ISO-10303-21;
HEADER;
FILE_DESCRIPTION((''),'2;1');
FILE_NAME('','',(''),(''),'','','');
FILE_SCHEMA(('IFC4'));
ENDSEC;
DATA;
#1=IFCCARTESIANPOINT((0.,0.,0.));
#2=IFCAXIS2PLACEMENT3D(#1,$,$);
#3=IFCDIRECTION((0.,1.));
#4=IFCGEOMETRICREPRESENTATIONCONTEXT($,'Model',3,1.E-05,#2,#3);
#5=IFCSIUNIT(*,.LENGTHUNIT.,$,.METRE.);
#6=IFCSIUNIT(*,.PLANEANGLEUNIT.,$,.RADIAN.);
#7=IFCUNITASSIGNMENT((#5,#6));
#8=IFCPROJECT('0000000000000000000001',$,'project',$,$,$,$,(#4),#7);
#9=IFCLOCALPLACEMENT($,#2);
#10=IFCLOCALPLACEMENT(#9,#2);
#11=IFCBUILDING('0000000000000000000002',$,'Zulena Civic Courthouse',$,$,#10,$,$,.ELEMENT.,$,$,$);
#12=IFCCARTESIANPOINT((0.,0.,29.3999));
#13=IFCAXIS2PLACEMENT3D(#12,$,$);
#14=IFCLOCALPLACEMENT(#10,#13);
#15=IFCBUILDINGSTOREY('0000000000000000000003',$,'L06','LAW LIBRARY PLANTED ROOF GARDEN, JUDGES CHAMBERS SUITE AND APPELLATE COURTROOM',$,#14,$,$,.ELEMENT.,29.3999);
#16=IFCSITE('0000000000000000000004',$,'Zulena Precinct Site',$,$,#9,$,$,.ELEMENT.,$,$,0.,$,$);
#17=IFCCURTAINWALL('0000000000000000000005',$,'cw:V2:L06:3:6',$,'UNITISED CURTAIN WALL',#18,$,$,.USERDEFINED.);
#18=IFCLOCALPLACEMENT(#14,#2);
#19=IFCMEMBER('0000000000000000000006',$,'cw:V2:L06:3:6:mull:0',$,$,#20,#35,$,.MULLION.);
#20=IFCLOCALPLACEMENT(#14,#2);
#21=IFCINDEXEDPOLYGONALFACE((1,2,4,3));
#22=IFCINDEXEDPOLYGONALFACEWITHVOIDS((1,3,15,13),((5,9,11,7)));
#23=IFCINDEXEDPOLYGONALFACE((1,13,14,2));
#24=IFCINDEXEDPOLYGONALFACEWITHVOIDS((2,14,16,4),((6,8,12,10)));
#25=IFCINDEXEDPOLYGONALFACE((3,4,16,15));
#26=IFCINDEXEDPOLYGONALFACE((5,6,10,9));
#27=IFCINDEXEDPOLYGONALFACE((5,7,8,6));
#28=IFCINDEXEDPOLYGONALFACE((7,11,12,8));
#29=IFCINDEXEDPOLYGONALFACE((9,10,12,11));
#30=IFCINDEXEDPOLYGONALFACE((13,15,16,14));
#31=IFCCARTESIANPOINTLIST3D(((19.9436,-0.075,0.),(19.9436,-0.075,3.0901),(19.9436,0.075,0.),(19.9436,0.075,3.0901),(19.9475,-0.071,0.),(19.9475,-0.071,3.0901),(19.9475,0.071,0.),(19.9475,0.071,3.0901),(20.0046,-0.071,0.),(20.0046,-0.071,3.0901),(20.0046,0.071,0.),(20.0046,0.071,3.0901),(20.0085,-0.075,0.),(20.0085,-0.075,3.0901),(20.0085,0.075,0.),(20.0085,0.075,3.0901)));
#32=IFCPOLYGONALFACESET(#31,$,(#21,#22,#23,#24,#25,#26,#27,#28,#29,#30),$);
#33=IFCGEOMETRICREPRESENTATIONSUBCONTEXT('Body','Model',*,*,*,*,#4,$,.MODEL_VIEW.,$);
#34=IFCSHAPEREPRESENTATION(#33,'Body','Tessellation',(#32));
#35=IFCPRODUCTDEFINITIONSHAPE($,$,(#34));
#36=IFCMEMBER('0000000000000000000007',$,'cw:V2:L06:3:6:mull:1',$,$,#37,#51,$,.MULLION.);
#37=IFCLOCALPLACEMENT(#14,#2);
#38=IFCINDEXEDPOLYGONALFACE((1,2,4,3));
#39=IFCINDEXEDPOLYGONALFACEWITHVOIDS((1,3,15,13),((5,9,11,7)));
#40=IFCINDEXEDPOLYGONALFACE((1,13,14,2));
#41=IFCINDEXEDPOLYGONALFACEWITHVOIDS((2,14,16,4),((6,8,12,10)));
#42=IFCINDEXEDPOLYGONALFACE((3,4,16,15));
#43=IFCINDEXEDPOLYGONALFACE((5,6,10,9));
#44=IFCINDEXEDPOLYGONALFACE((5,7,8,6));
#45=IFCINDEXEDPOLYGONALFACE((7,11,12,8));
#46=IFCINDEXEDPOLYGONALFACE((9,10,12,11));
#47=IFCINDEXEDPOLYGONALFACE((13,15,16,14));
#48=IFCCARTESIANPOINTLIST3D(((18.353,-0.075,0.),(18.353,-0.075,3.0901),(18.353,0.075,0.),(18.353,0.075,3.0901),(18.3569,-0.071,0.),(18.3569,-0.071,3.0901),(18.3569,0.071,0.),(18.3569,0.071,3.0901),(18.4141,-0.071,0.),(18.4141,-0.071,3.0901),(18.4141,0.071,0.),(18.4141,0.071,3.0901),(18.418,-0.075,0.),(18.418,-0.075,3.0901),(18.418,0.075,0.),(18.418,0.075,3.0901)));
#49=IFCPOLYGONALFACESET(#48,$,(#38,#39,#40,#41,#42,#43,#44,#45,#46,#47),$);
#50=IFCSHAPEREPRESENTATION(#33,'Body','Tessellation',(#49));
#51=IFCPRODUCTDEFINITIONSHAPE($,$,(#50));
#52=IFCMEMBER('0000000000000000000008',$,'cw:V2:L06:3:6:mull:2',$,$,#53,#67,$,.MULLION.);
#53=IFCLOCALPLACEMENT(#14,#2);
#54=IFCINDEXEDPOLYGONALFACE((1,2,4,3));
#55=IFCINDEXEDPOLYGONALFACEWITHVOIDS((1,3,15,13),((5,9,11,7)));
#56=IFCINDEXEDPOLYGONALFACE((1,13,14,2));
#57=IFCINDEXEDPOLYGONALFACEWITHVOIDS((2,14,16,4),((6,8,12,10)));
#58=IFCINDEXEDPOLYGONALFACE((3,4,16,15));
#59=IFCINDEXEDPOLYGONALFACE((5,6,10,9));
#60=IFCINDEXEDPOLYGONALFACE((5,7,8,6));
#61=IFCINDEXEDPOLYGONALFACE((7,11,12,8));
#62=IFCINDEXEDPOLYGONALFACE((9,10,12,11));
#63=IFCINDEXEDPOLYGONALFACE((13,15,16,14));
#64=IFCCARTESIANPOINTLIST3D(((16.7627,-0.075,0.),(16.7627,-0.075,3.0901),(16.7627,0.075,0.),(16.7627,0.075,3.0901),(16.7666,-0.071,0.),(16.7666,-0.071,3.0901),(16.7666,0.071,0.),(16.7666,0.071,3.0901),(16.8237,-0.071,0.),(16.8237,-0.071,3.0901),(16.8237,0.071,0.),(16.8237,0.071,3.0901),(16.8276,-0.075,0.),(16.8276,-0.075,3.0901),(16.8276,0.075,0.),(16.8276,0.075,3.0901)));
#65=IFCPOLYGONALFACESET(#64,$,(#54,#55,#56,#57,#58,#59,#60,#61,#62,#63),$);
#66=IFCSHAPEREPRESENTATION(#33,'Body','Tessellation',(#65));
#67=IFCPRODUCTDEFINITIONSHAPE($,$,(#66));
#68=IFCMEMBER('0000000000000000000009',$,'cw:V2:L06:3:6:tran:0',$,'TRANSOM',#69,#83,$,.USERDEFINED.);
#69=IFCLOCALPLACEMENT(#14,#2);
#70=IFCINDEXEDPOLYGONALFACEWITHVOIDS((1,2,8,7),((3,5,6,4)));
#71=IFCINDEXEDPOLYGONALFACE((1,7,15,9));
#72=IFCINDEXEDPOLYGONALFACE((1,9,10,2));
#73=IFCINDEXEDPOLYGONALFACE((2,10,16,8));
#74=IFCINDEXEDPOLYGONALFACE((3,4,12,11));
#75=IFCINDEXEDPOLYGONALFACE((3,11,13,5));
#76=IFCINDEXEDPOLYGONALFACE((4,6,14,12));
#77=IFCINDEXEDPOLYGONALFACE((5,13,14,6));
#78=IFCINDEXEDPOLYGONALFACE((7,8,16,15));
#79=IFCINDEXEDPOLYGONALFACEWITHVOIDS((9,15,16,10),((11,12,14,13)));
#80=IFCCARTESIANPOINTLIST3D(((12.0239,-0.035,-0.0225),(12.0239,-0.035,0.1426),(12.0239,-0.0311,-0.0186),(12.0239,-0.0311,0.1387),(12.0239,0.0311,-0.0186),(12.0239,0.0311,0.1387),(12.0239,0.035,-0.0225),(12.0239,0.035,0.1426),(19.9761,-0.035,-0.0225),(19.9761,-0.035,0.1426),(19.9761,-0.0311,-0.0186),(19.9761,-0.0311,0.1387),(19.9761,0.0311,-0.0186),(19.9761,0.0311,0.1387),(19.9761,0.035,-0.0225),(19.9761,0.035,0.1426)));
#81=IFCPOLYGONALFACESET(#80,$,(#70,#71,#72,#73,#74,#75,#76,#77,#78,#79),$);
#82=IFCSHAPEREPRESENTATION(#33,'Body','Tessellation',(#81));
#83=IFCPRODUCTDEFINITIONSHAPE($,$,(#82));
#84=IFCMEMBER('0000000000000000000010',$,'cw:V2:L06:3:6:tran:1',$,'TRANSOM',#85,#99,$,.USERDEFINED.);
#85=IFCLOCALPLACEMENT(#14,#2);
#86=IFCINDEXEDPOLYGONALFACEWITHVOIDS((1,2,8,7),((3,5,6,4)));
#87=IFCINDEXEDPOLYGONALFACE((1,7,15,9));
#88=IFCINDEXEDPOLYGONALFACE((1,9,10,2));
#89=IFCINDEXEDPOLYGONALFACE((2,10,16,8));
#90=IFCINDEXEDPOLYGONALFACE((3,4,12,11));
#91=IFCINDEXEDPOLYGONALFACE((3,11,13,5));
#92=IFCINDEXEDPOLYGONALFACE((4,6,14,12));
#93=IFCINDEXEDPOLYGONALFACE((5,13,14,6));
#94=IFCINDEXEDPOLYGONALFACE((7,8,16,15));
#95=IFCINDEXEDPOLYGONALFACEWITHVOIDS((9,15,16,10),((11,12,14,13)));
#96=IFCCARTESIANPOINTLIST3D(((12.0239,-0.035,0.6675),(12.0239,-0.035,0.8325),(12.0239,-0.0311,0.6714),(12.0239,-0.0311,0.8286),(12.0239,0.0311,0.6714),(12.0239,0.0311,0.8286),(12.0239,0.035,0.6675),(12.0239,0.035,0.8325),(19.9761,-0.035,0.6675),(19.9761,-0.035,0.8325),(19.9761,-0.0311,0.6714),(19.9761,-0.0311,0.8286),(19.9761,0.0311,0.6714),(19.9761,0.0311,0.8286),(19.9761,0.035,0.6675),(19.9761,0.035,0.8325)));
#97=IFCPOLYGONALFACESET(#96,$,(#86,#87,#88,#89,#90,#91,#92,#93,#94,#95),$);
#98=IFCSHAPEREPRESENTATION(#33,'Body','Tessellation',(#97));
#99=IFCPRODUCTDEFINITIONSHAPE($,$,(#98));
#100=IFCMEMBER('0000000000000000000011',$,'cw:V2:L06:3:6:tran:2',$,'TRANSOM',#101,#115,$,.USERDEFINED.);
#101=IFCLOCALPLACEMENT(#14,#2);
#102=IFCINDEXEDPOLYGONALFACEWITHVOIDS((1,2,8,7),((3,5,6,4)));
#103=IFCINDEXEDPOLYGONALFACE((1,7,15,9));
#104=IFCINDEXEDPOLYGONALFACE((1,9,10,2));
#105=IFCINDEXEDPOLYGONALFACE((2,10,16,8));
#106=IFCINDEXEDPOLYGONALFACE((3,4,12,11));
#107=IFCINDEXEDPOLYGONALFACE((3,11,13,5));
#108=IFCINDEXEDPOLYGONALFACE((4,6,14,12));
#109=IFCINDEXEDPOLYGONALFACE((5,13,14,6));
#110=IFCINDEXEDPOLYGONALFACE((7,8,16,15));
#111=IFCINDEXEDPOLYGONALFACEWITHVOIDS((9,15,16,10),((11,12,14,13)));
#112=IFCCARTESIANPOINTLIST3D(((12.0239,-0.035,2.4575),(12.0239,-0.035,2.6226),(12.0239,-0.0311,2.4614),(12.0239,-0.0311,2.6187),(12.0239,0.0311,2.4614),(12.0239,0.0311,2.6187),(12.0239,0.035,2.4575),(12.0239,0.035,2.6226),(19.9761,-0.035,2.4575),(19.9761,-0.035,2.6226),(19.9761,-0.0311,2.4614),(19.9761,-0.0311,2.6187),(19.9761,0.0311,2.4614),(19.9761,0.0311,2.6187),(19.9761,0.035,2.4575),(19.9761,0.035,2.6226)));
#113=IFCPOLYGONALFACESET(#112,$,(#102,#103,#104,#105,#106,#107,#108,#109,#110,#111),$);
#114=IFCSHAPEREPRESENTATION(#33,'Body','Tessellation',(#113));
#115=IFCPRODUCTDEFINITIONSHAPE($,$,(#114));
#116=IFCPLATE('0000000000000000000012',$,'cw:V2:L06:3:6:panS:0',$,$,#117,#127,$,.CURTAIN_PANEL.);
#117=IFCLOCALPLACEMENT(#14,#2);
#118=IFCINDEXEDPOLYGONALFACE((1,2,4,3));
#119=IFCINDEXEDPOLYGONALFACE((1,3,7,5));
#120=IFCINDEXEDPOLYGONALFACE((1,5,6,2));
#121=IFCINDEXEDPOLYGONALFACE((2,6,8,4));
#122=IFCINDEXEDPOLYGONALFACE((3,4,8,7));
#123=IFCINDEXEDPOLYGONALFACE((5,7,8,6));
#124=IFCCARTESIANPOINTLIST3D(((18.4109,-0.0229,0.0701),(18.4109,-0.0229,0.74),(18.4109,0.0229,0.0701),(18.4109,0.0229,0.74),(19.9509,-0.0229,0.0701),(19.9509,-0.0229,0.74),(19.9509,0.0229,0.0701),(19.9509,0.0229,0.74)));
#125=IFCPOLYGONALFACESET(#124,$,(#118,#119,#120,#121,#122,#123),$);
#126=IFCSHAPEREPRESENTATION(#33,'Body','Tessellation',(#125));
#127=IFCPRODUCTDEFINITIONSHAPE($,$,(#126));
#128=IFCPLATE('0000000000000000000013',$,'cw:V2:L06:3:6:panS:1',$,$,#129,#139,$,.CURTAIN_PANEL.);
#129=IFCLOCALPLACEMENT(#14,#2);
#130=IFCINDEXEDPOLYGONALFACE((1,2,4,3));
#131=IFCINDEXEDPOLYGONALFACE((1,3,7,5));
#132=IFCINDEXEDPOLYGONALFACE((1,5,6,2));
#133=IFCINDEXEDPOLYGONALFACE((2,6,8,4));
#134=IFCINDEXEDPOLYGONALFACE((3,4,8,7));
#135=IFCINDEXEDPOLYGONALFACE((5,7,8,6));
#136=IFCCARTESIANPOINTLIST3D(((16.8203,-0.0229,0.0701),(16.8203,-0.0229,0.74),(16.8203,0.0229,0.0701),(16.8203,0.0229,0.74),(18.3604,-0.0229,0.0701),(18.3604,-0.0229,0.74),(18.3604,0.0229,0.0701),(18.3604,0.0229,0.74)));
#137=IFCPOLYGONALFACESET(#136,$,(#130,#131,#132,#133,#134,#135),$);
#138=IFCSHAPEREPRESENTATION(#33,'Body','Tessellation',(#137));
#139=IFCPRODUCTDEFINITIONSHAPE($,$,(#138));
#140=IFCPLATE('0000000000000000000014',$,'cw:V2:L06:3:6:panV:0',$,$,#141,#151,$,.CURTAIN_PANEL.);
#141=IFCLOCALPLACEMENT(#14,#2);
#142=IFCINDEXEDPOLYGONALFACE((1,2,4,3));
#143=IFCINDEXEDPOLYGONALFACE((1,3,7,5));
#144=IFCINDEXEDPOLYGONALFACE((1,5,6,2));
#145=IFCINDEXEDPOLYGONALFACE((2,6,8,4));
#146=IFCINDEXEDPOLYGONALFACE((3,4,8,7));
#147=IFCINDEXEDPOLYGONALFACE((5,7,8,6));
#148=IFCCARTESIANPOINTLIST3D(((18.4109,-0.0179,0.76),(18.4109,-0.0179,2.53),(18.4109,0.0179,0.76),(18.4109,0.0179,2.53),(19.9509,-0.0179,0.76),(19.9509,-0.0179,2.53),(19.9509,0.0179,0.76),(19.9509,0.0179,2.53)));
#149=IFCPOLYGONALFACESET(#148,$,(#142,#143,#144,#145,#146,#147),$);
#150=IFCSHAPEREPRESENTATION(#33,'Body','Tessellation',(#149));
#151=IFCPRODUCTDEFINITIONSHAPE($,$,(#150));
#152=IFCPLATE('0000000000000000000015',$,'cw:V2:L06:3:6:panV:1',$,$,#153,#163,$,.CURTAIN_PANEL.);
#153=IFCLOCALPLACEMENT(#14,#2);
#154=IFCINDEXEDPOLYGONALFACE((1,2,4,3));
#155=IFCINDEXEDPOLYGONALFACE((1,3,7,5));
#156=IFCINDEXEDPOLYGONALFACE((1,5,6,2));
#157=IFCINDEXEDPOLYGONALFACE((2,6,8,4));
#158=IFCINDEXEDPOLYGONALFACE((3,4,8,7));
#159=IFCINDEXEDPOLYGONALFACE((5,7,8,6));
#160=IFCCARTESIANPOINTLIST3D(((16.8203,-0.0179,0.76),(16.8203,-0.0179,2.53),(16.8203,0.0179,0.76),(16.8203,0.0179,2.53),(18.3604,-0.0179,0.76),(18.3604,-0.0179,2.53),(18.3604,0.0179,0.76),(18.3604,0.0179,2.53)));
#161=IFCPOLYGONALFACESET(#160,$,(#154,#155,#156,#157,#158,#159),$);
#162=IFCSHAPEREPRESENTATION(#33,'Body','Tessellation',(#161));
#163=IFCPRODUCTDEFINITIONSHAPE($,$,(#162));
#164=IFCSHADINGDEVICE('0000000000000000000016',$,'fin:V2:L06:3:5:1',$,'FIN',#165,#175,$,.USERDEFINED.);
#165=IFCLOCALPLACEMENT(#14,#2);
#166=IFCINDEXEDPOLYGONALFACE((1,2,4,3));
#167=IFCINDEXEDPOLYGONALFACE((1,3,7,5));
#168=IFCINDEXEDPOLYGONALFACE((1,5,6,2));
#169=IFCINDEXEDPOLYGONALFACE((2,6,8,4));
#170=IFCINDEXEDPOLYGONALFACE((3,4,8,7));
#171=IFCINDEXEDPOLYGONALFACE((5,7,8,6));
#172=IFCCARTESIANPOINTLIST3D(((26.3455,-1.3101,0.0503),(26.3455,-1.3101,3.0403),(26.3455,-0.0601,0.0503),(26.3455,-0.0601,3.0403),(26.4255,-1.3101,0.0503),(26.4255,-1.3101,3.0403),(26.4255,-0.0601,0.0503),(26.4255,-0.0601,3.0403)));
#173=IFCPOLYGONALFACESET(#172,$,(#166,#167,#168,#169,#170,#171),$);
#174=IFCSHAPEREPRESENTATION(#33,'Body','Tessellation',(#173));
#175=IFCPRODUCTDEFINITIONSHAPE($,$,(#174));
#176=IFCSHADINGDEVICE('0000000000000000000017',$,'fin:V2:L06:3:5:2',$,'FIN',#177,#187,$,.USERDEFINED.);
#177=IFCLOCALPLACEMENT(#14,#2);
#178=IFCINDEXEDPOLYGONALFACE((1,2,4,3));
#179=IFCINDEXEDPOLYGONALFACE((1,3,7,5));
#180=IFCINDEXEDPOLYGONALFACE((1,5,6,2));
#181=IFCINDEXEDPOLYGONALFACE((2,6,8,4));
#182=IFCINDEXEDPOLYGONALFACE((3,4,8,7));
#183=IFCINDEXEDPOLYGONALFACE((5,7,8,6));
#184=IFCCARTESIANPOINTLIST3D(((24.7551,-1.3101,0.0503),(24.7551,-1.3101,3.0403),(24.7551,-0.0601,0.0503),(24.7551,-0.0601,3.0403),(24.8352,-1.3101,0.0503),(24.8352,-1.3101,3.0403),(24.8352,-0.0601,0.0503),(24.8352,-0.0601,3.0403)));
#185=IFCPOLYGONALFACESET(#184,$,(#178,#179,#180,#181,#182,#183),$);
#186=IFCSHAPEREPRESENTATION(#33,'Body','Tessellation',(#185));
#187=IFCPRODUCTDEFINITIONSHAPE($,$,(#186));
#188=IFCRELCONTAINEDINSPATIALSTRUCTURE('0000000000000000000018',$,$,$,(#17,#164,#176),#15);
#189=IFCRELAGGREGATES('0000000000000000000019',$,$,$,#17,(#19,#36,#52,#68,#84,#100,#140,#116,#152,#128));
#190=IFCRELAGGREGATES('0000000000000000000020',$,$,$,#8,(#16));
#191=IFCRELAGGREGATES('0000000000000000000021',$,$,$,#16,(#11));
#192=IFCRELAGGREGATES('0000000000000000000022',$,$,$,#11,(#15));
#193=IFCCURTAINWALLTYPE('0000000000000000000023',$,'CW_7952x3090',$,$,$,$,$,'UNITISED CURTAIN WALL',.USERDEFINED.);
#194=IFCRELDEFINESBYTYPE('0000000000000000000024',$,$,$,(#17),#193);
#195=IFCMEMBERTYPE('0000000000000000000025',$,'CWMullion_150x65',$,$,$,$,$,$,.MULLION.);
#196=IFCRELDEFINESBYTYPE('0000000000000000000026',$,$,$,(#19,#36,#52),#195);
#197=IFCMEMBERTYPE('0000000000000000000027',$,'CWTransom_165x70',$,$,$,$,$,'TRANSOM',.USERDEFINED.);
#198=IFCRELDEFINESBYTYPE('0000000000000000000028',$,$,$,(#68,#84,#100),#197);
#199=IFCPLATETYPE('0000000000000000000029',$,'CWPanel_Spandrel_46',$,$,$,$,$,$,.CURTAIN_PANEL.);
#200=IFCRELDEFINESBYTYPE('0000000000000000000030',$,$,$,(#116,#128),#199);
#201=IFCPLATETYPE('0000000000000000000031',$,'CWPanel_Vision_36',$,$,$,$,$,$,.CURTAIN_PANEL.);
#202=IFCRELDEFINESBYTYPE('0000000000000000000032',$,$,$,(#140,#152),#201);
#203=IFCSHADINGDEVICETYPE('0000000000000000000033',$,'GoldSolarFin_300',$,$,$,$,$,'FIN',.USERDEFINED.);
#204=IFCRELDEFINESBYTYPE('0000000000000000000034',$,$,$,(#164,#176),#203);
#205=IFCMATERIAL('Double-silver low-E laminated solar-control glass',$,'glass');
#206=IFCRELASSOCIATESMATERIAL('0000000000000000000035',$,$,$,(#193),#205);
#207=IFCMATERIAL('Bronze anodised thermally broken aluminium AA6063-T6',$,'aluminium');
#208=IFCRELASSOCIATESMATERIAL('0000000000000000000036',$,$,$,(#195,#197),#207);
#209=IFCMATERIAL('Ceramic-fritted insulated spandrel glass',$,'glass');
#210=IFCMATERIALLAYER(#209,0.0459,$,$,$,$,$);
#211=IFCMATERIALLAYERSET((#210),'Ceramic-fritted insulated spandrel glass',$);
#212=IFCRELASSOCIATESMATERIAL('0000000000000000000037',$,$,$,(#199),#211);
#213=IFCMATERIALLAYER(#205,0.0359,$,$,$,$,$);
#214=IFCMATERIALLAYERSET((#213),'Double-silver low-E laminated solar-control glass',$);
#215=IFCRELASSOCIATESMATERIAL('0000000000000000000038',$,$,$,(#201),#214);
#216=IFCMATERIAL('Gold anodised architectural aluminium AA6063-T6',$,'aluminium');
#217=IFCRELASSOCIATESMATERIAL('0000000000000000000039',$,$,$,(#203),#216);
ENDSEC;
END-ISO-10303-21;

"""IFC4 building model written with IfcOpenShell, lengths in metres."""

from ifc_helpers import new_model, si_unit, direction, frame, origin, origin_2d, place, context, subcontext, project, spatial, rectangle, hollow_rectangle, extrude, material, layer, layer_set, material_profile, profile_set, type_object, element, aggregate, save


model = new_model("IFC4")

# Units and contexts
model_context = context("Model", 3, precision=1e-05, world=origin(), true_north=direction((0.0, 1.0)))
body_context = subcontext(model_context, "Body", "Model", "MODEL_VIEW")
ifc_project = project(units=[si_unit("LENGTHUNIT", "METRE"), si_unit("PLANEANGLEUNIT", "RADIAN")], contexts=[model_context])

# Site, building, storey
site_placement = place(None, origin())
site = spatial("IfcSite", under=ifc_project, at=site_placement, Name="Zulena Precinct Site", CompositionType="ELEMENT", RefElevation=0.0)
building_placement = place(site_placement, origin())
building = spatial("IfcBuilding", under=site, at=building_placement, Name="Zulena Civic Courthouse", CompositionType="ELEMENT")
storey_placement = place(building_placement, frame((0.0, 0.0, 29.3999)))
storey = spatial("IfcBuildingStorey", under=building, at=storey_placement, Name="L06", Description="LAW LIBRARY PLANTED ROOF GARDEN, JUDGES CHAMBERS SUITE AND APPELLATE COURTROOM", CompositionType="ELEMENT", Elevation=29.3999)

# Curtain wall, members, plates
ifc_material_1 = material(Name="Double-silver low-E laminated solar-control glass", Category="glass")
curtain_wall_type = type_object("IfcCurtainWallType", Name="CW_7952x3090", ElementType="UNITISED CURTAIN WALL", PredefinedType="USERDEFINED", material=ifc_material_1)
curtain_wall_placement = place(storey_placement, origin())
curtain_wall = element("IfcCurtainWall", 1, at=curtain_wall_placement, inside=storey, type_object=curtain_wall_type, Name="cw:V2:L06:3:6", ObjectType="UNITISED CURTAIN WALL", PredefinedType="USERDEFINED")
ifc_material_2 = material(Name="Bronze anodised thermally broken aluminium AA6063-T6", Category="aluminium")
ifc_material_profile_1 = material_profile(ifc_material_2, hollow_rectangle(XDim=0.0649, YDim=0.1499, WallThickness=0.0039, at=origin_2d()), Name="CWM150X65X4")
ifc_profile_set_1 = profile_set([ifc_material_profile_1], Name="Bronze anodised thermally broken aluminium AA6063-T6")
member_type_1 = type_object("IfcMemberType", Name="CWMullion_150x65", PredefinedType="MULLION", material=ifc_profile_set_1)
member_1_placement = place(storey_placement, frame((19.9761, 0.0, 0.0), z_axis=(0.0, 0.0, 1.0), x_axis=(1.0, 0.0, 0.0)))
member_1 = element("IfcMember", 2, at=member_1_placement, type_object=member_type_1, Name="cw:V2:L06:3:6:mull:0", PredefinedType="MULLION", context=body_context, shape_type="SweptSolid", body=[
    extrude(hollow_rectangle(XDim=0.0649, YDim=0.1499, WallThickness=0.0039, at=origin_2d()), origin(), (0.0, 0.0, 1.0), 3.0901),
])
member_2_placement = place(storey_placement, frame((18.3855, 0.0, 0.0), z_axis=(0.0, 0.0, 1.0), x_axis=(1.0, 0.0, 0.0)))
member_2 = element("IfcMember", 3, at=member_2_placement, type_object=member_type_1, Name="cw:V2:L06:3:6:mull:1", PredefinedType="MULLION", context=body_context, shape_type="SweptSolid", body=[
    extrude(hollow_rectangle(XDim=0.0649, YDim=0.1499, WallThickness=0.0039, at=origin_2d()), origin(), (0.0, 0.0, 1.0), 3.0901),
])
member_3_placement = place(storey_placement, frame((16.7952, 0.0, 0.0), z_axis=(0.0, 0.0, 1.0), x_axis=(1.0, 0.0, 0.0)))
member_3 = element("IfcMember", 4, at=member_3_placement, type_object=member_type_1, Name="cw:V2:L06:3:6:mull:2", PredefinedType="MULLION", context=body_context, shape_type="SweptSolid", body=[
    extrude(hollow_rectangle(XDim=0.0649, YDim=0.1499, WallThickness=0.0039, at=origin_2d()), origin(), (0.0, 0.0, 1.0), 3.0901),
])
ifc_material_profile_2 = material_profile(ifc_material_2, hollow_rectangle(XDim=0.0701, YDim=0.165, WallThickness=0.0039, at=origin_2d()), Name="CWT165X70X4")
ifc_profile_set_2 = profile_set([ifc_material_profile_2], Name="Bronze anodised thermally broken aluminium AA6063-T6")
member_type_2 = type_object("IfcMemberType", Name="CWTransom_165x70", ElementType="TRANSOM", PredefinedType="USERDEFINED", material=ifc_profile_set_2)
member_4_placement = place(storey_placement, frame((19.9761, 0.0, 0.0601), z_axis=(-1.0, 0.0, 0.0), x_axis=(0.0, -1.0, 0.0)))
member_4 = element("IfcMember", 5, at=member_4_placement, type_object=member_type_2, Name="cw:V2:L06:3:6:tran:0", ObjectType="TRANSOM", PredefinedType="USERDEFINED", context=body_context, shape_type="SweptSolid", body=[
    extrude(hollow_rectangle(XDim=0.0701, YDim=0.165, WallThickness=0.0039, at=origin_2d()), origin(), (0.0, 0.0, 1.0), 7.9521),
])
member_5_placement = place(storey_placement, frame((19.9761, 0.0, 0.75), z_axis=(-1.0, 0.0, 0.0), x_axis=(0.0, -1.0, 0.0)))
member_5 = element("IfcMember", 6, at=member_5_placement, type_object=member_type_2, Name="cw:V2:L06:3:6:tran:1", ObjectType="TRANSOM", PredefinedType="USERDEFINED", context=body_context, shape_type="SweptSolid", body=[
    extrude(hollow_rectangle(XDim=0.0701, YDim=0.165, WallThickness=0.0039, at=origin_2d()), origin(), (0.0, 0.0, 1.0), 7.9521),
])
member_6_placement = place(storey_placement, frame((19.9761, 0.0, 2.54), z_axis=(-1.0, 0.0, 0.0), x_axis=(0.0, -1.0, 0.0)))
member_6 = element("IfcMember", 7, at=member_6_placement, type_object=member_type_2, Name="cw:V2:L06:3:6:tran:2", ObjectType="TRANSOM", PredefinedType="USERDEFINED", context=body_context, shape_type="SweptSolid", body=[
    extrude(hollow_rectangle(XDim=0.0701, YDim=0.165, WallThickness=0.0039, at=origin_2d()), origin(), (0.0, 0.0, 1.0), 7.9521),
])
ifc_material_3 = material(Name="Ceramic-fritted insulated spandrel glass", Category="glass")
ifc_layer_1 = layer(ifc_material_3, 0.0459)
ifc_layer_set_1 = layer_set([ifc_layer_1], Name="Ceramic-fritted insulated spandrel glass")
plate_type_1 = type_object("IfcPlateType", Name="CWPanel_Spandrel_46", PredefinedType="CURTAIN_PANEL", material=ifc_layer_set_1)
plate_1_placement = place(storey_placement, frame((19.1809, 0.0, 0.0701), z_axis=(0.0, 0.0, 1.0), x_axis=(-1.0, 0.0, 0.0)))
plate_1 = element("IfcPlate", 8, at=plate_1_placement, type_object=plate_type_1, Name="cw:V2:L06:3:6:panS:0", PredefinedType="CURTAIN_PANEL", context=body_context, shape_type="SweptSolid", body=[
    extrude(rectangle(XDim=1.54, YDim=0.0459, at=origin_2d()), origin(), (0.0, 0.0, 1.0), 0.6699),
])
plate_2_placement = place(storey_placement, frame((17.5903, 0.0, 0.0701), z_axis=(0.0, 0.0, 1.0), x_axis=(-1.0, 0.0, 0.0)))
plate_2 = element("IfcPlate", 9, at=plate_2_placement, type_object=plate_type_1, Name="cw:V2:L06:3:6:panS:1", PredefinedType="CURTAIN_PANEL", context=body_context, shape_type="SweptSolid", body=[
    extrude(rectangle(XDim=1.54, YDim=0.0459, at=origin_2d()), origin(), (0.0, 0.0, 1.0), 0.6699),
])
ifc_layer_2 = layer(ifc_material_1, 0.0359)
ifc_layer_set_2 = layer_set([ifc_layer_2], Name="Double-silver low-E laminated solar-control glass")
plate_type_2 = type_object("IfcPlateType", Name="CWPanel_Vision_36", PredefinedType="CURTAIN_PANEL", material=ifc_layer_set_2)
plate_3_placement = place(storey_placement, frame((19.1809, 0.0, 0.76), z_axis=(0.0, 0.0, 1.0), x_axis=(-1.0, 0.0, 0.0)))
plate_3 = element("IfcPlate", 10, at=plate_3_placement, type_object=plate_type_2, Name="cw:V2:L06:3:6:panV:0", PredefinedType="CURTAIN_PANEL", context=body_context, shape_type="SweptSolid", body=[
    extrude(rectangle(XDim=1.54, YDim=0.0359, at=origin_2d()), origin(), (0.0, 0.0, 1.0), 1.77),
])
plate_4_placement = place(storey_placement, frame((17.5903, 0.0, 0.76), z_axis=(0.0, 0.0, 1.0), x_axis=(-1.0, 0.0, 0.0)))
plate_4 = element("IfcPlate", 11, at=plate_4_placement, type_object=plate_type_2, Name="cw:V2:L06:3:6:panV:1", PredefinedType="CURTAIN_PANEL", context=body_context, shape_type="SweptSolid", body=[
    extrude(rectangle(XDim=1.54, YDim=0.0359, at=origin_2d()), origin(), (0.0, 0.0, 1.0), 1.77),
])
aggregate(curtain_wall, [member_1, member_2, member_3, member_4, member_5, member_6, plate_3, plate_1, plate_4, plate_2])

# Shading devices
ifc_material_4 = material(Name="Gold anodised architectural aluminium AA6063-T6", Category="aluminium")
shading_device_type = type_object("IfcShadingDeviceType", Name="GoldSolarFin_300", ElementType="FIN", PredefinedType="USERDEFINED", material=ifc_material_4)
for number, where, z_axis, x_axis, name in (
    (12, (26.3855, -0.6851, 0.0503), (0.0, 0.0, 1.0), (0.0, -1.0, 0.0), "fin:V2:L06:3:5:1"),
    (13, (24.7952, -0.6851, 0.0503), (0.0, 0.0, 1.0), (0.0, -1.0, 0.0), "fin:V2:L06:3:5:2"),
):
    element("IfcShadingDevice", number, at=place(storey_placement, frame(where, z_axis=z_axis, x_axis=x_axis)), inside=storey, type_object=shading_device_type, Name=name, ObjectType="FIN", PredefinedType="USERDEFINED", context=body_context, shape_type="SweptSolid", body=[
        extrude(rectangle(XDim=1.25, YDim=0.0801, at=origin_2d()), origin(), (0.0, 0.0, 1.0), 2.99),
    ])

save(model, "model.ifc")
